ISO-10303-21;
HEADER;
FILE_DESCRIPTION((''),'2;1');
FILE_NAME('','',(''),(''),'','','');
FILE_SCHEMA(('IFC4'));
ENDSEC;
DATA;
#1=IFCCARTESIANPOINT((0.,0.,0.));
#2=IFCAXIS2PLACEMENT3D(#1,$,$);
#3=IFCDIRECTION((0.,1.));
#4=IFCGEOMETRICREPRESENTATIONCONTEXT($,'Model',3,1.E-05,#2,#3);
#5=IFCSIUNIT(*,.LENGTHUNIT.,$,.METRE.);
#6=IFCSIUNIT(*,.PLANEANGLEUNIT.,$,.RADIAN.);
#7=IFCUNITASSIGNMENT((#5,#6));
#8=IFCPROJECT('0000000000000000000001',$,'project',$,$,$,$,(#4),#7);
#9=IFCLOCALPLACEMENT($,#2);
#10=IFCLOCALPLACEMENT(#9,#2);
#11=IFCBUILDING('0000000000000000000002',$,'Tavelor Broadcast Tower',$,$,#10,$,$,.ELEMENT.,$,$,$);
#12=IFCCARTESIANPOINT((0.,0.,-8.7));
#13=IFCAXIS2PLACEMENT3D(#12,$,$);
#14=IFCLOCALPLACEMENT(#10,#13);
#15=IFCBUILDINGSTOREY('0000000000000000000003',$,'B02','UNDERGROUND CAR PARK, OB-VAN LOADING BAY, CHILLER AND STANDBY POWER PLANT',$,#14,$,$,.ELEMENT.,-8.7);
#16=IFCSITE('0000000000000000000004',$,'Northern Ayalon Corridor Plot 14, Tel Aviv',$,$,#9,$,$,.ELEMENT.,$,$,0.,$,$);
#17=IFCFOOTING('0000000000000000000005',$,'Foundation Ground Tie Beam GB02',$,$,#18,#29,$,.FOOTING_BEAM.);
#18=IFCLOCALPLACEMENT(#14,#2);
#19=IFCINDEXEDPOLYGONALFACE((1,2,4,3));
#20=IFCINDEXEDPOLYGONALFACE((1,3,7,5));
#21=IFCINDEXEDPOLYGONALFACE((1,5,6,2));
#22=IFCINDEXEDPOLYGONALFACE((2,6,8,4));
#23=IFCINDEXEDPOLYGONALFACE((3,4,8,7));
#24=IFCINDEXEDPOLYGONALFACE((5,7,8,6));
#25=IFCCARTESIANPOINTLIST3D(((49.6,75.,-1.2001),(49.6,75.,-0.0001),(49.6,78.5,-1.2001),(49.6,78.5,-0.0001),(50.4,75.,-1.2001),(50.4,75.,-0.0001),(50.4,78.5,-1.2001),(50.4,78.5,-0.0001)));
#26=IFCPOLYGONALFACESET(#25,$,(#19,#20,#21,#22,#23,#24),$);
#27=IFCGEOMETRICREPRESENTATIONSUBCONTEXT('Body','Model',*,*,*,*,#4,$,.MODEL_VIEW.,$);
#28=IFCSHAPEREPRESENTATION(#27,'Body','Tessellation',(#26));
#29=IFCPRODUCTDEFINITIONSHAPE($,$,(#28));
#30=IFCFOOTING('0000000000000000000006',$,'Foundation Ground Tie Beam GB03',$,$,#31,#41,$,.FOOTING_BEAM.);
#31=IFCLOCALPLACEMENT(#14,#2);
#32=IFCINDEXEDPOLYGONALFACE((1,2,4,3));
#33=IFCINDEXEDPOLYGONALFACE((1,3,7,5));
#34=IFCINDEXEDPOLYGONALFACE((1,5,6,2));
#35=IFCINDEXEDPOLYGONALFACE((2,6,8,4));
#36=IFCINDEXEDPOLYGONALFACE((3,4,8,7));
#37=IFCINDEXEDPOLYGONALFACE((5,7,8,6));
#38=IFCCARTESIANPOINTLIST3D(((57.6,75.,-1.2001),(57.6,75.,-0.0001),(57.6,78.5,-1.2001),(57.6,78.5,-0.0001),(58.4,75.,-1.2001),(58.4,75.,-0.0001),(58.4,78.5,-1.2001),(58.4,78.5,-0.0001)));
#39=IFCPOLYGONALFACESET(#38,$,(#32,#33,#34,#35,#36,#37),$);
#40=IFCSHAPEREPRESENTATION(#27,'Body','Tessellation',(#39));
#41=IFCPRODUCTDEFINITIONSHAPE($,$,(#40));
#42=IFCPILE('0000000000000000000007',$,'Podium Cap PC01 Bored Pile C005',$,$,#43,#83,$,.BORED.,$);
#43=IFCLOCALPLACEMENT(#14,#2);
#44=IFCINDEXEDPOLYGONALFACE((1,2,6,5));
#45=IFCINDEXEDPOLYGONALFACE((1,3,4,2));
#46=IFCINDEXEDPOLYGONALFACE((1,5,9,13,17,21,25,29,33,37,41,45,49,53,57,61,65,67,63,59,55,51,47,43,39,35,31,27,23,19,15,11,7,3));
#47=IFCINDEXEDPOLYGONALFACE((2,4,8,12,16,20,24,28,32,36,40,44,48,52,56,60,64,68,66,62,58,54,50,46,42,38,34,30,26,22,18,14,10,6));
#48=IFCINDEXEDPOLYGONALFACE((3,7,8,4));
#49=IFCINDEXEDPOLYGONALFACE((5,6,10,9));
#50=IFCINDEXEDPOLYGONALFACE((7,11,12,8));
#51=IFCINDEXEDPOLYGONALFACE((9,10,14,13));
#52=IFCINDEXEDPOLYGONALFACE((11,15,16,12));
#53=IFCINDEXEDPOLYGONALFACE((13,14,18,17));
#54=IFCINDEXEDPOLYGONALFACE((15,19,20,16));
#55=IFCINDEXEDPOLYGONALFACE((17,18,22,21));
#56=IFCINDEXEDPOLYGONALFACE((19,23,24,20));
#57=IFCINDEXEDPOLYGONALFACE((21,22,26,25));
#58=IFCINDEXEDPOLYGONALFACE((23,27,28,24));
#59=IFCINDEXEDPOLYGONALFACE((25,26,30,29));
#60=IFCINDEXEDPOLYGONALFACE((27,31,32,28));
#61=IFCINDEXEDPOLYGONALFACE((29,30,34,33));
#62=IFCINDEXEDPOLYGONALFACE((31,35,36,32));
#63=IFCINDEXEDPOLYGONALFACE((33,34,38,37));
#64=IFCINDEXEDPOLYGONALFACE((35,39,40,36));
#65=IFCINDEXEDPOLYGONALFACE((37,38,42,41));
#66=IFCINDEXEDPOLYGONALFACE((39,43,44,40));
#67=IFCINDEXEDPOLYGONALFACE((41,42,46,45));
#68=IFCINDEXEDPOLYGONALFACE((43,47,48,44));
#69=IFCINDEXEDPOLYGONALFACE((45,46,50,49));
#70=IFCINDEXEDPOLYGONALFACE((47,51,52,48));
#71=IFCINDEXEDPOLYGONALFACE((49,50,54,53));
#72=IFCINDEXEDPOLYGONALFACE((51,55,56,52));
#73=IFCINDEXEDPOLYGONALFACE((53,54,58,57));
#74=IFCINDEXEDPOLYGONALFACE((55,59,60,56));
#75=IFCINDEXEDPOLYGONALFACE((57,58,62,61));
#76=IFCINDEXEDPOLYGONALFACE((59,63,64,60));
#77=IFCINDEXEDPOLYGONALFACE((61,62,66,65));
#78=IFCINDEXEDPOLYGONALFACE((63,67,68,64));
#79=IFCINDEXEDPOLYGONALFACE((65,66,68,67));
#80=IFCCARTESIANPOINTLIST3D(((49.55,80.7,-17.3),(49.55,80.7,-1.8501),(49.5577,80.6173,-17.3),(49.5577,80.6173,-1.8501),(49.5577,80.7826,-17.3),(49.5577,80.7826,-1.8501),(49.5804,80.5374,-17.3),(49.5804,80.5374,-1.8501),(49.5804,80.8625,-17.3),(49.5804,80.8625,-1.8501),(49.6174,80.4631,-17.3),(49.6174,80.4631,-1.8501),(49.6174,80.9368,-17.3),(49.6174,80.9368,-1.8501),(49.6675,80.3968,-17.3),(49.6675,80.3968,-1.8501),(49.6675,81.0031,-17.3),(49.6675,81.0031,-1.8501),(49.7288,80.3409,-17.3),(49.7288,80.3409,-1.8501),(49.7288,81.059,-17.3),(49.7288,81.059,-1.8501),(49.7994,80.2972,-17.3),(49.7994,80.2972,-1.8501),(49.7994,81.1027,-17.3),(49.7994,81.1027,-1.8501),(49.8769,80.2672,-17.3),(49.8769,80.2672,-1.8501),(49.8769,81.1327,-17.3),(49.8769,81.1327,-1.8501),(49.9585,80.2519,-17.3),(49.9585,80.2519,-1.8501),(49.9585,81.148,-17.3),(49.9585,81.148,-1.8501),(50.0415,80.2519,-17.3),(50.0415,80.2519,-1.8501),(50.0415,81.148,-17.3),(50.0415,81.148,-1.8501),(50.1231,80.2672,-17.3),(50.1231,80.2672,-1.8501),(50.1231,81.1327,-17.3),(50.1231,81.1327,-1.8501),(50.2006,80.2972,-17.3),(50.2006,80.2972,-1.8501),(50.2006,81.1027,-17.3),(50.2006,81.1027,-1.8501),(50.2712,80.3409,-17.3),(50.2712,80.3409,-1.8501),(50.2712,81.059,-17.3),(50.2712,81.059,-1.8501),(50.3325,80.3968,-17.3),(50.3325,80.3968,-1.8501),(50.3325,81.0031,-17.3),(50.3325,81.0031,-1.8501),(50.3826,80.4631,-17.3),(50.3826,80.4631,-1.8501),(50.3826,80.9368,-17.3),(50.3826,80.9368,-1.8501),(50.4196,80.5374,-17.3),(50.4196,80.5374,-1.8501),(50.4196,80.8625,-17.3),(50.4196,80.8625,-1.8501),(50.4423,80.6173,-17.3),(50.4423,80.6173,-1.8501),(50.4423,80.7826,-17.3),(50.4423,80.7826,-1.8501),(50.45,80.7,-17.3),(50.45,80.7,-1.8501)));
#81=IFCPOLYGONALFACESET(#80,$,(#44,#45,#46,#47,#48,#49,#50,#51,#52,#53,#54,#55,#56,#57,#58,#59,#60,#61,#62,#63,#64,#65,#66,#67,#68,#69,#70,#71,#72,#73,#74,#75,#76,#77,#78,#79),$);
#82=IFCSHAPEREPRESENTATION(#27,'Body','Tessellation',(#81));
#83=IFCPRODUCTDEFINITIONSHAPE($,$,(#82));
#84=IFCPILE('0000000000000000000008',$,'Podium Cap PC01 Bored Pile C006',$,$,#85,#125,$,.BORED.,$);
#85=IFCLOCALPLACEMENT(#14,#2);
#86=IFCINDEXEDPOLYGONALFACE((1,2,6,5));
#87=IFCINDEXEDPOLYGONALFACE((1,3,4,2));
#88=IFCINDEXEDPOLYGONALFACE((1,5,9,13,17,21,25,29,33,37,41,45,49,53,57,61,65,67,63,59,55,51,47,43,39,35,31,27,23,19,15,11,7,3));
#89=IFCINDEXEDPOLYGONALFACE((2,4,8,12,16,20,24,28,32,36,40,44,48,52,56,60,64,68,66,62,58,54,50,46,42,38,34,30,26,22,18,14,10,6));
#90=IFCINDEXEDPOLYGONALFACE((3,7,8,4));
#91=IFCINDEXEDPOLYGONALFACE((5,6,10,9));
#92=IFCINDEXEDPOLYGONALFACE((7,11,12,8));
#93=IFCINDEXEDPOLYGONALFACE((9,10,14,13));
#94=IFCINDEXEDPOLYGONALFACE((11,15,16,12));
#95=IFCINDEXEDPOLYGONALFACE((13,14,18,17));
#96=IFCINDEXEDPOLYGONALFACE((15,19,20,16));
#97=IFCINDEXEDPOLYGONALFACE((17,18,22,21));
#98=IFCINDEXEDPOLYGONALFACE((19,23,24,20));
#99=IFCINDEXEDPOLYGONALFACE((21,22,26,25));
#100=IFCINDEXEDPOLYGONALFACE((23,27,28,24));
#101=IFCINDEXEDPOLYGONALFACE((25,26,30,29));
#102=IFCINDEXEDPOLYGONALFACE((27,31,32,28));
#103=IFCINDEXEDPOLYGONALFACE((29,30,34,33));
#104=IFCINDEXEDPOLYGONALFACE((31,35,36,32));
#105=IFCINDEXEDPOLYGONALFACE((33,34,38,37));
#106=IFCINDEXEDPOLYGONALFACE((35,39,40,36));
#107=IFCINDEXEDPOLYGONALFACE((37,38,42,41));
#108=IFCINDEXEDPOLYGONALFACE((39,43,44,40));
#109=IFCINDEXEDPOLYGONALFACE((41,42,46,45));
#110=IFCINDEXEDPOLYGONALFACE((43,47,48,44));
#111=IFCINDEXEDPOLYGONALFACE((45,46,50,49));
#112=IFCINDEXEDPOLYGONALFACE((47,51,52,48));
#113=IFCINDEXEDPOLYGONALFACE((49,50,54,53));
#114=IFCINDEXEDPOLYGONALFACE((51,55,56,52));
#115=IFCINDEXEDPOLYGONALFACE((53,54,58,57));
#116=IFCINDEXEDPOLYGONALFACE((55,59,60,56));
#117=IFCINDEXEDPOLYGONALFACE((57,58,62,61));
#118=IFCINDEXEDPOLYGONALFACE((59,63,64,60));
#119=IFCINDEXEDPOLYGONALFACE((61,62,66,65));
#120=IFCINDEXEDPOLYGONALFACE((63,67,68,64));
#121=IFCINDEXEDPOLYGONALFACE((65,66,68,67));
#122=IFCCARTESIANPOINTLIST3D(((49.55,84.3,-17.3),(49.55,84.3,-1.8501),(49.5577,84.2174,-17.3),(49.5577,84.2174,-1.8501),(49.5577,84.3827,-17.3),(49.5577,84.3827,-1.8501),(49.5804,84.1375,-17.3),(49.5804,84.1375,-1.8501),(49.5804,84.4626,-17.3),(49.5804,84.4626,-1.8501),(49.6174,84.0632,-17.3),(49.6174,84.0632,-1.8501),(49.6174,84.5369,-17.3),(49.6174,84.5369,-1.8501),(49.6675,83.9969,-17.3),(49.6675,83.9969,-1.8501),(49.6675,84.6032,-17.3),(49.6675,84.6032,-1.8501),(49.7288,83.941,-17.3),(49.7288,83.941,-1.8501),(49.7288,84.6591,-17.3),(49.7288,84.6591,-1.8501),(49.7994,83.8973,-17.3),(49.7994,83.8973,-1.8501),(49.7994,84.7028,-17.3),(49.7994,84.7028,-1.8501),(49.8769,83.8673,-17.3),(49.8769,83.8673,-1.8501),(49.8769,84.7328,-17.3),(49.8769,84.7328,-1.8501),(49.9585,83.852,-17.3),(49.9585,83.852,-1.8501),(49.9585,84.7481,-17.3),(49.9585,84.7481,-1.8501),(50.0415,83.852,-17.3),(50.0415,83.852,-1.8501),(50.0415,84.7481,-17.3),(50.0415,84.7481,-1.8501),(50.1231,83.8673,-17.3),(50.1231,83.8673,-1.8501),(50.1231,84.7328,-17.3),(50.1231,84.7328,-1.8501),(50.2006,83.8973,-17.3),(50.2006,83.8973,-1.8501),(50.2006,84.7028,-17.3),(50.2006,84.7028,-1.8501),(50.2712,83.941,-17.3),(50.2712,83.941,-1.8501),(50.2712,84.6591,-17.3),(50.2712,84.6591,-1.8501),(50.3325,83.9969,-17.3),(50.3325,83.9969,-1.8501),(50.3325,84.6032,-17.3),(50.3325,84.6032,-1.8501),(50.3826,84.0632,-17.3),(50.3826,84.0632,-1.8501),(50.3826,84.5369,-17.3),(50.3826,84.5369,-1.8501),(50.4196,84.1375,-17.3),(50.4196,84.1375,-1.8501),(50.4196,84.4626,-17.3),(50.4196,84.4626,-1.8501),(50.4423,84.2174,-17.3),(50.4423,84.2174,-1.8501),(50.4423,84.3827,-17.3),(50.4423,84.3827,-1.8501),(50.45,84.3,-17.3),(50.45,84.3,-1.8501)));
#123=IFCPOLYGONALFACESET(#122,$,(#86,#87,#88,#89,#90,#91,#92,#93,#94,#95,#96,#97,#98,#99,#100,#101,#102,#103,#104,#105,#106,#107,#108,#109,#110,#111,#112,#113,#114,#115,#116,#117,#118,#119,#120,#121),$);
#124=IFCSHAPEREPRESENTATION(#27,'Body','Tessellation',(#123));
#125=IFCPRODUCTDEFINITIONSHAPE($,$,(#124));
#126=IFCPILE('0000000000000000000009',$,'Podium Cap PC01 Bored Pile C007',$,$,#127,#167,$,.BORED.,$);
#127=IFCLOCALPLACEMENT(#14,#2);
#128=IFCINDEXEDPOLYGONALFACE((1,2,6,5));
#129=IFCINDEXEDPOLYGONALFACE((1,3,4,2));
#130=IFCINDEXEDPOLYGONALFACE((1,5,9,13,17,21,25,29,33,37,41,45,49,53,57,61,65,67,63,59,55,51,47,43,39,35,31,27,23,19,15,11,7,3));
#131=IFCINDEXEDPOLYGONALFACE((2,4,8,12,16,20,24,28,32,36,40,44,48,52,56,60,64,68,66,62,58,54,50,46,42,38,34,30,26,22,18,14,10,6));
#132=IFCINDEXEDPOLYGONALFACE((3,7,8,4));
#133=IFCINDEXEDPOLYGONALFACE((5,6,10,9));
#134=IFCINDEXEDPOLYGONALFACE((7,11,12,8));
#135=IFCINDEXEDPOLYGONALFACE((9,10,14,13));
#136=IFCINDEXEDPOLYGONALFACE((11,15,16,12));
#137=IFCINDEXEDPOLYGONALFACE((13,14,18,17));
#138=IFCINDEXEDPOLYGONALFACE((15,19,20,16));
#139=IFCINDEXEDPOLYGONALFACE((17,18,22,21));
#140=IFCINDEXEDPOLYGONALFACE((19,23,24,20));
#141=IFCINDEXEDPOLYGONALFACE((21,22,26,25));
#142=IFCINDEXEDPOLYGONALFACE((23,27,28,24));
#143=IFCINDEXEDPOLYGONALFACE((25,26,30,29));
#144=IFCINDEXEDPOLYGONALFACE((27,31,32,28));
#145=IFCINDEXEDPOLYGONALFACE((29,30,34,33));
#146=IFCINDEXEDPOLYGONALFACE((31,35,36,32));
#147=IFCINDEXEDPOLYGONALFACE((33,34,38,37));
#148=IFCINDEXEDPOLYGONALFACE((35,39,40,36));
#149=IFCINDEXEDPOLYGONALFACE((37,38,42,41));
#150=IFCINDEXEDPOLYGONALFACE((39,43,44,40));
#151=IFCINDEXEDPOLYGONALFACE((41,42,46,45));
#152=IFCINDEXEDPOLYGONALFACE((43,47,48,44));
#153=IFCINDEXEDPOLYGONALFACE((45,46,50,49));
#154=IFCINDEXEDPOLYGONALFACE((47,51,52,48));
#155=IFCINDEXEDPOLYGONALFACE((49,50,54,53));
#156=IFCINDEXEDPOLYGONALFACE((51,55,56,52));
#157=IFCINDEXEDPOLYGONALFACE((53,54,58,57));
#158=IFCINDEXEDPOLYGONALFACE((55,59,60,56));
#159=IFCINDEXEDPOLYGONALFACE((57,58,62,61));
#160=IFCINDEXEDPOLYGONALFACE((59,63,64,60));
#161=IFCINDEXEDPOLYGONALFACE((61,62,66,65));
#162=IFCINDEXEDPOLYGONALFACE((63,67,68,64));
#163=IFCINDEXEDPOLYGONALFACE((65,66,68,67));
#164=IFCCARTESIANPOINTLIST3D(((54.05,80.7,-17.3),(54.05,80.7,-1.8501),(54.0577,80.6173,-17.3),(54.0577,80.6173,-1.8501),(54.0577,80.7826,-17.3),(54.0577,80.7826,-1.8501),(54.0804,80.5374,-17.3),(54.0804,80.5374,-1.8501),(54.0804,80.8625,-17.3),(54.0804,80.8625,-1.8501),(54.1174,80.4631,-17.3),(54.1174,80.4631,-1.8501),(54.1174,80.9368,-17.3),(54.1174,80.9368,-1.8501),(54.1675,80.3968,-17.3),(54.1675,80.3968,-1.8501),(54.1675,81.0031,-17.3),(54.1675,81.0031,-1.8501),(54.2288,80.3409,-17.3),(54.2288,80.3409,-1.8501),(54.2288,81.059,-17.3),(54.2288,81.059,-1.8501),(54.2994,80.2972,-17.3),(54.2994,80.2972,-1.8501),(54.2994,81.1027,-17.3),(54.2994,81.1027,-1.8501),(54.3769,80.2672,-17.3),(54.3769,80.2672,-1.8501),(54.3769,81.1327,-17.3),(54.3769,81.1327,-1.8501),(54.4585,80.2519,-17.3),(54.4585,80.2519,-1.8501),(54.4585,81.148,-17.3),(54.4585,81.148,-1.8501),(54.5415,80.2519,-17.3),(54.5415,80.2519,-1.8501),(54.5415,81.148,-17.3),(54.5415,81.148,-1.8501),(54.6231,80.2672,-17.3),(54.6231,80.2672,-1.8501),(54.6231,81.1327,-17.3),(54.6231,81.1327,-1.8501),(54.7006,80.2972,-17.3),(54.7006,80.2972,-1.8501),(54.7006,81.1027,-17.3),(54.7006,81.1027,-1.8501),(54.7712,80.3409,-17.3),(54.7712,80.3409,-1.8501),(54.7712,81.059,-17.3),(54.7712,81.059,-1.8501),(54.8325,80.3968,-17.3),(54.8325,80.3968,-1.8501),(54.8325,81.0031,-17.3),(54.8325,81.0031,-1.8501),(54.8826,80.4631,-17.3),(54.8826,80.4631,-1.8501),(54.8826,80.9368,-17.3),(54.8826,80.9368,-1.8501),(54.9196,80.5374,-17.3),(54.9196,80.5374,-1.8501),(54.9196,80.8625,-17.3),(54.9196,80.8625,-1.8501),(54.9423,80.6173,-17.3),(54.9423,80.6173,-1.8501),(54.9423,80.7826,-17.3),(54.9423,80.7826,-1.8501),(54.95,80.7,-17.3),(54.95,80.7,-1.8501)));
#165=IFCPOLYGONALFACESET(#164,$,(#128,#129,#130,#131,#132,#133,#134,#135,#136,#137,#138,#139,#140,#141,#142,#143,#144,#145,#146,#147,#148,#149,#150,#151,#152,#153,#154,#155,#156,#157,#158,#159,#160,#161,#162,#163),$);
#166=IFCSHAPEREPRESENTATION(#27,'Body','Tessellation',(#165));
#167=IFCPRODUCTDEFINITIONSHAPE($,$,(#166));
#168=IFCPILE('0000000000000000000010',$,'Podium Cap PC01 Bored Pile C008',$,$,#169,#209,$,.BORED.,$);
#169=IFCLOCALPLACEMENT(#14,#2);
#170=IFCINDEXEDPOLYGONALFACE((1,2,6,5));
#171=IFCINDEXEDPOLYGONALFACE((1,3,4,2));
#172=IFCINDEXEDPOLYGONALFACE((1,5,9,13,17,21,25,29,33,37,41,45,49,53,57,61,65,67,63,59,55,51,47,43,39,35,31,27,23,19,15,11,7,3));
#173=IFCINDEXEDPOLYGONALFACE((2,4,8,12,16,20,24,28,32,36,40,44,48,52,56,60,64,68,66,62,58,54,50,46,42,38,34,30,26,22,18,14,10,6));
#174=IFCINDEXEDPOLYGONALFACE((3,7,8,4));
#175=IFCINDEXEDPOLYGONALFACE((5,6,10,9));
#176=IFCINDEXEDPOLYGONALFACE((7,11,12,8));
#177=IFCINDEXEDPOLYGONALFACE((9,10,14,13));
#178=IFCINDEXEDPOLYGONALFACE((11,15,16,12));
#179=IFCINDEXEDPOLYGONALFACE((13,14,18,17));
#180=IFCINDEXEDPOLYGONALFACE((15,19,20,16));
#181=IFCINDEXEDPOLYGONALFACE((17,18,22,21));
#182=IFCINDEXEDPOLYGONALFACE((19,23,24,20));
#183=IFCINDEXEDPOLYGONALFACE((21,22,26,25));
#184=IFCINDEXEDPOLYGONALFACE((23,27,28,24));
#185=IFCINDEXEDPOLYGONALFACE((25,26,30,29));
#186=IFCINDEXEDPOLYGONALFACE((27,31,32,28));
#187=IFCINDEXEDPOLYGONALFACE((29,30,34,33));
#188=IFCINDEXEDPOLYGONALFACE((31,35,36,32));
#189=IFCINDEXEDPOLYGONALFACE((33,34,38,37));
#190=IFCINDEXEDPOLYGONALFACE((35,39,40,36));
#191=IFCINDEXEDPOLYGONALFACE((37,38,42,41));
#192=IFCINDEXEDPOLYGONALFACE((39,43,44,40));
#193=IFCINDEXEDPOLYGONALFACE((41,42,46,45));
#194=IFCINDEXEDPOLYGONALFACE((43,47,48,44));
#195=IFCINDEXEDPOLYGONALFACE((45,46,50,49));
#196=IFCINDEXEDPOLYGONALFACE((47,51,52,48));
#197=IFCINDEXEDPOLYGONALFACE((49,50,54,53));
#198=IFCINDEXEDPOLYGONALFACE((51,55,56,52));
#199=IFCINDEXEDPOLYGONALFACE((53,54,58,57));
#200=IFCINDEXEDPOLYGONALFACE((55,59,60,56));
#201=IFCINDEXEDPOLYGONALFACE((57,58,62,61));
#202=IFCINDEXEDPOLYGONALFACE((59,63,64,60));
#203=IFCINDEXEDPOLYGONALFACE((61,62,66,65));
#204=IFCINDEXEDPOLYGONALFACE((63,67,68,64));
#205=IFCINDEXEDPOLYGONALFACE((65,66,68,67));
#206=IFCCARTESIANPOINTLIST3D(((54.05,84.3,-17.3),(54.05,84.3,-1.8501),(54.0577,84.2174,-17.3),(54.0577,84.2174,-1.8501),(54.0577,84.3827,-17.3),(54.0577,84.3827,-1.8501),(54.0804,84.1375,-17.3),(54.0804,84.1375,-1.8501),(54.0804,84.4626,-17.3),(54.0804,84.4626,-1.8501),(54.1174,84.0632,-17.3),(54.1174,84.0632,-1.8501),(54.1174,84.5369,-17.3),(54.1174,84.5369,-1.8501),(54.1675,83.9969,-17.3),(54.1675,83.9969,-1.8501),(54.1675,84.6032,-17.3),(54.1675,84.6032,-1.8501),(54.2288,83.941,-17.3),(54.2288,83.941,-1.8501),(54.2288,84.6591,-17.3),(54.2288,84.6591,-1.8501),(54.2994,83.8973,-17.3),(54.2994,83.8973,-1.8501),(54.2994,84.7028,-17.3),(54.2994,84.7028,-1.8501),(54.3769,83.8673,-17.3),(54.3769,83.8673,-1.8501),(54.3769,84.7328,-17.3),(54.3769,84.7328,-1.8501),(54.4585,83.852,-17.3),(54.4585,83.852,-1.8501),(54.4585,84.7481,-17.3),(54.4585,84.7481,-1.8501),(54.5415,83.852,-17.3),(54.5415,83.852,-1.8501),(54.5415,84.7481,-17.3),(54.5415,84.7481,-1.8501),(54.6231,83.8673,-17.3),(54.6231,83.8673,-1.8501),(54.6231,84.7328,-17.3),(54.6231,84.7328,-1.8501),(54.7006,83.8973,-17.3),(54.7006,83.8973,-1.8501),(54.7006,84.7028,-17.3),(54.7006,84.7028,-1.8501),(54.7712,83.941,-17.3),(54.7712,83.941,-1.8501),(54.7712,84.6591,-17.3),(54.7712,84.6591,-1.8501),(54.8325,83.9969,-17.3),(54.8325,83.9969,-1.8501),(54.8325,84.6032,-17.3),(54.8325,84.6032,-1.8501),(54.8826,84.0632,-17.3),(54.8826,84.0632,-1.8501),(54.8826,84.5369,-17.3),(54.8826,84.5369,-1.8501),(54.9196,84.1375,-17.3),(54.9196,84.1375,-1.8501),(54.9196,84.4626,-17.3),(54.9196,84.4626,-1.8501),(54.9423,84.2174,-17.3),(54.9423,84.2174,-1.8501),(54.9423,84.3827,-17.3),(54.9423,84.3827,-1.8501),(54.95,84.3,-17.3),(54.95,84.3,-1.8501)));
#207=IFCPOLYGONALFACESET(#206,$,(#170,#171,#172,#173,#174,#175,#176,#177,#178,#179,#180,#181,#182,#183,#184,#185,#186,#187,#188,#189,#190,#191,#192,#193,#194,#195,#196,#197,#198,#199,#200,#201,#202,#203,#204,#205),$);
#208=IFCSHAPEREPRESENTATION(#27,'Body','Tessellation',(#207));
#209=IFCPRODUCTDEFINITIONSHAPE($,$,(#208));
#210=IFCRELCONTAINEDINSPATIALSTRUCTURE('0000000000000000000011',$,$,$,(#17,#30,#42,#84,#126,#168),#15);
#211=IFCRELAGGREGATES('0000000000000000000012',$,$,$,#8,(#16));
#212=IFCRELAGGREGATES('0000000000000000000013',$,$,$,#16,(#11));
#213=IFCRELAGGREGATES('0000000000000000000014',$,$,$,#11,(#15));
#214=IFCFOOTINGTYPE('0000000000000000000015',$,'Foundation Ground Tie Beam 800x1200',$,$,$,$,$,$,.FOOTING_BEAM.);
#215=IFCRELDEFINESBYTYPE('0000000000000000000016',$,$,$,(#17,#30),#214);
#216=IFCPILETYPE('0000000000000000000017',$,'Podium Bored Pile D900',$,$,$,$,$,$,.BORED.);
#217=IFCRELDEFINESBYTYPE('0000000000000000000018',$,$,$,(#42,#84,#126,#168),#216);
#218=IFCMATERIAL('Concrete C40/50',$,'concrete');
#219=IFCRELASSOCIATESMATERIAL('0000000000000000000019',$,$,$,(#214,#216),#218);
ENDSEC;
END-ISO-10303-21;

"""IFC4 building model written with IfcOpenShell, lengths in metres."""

from ifc_helpers import new_model, si_unit, direction, frame, origin, origin_2d, place, context, subcontext, project, spatial, rectangle, circle, extrude, material, material_profile, profile_set, type_object, element, save


model = new_model("IFC4")

# Units and contexts
model_context = context("Model", 3, precision=1e-05, world=origin(), true_north=direction((0.0, 1.0)))
body_context = subcontext(model_context, "Body", "Model", "MODEL_VIEW")
ifc_project = project(units=[si_unit("LENGTHUNIT", "METRE"), si_unit("PLANEANGLEUNIT", "RADIAN")], contexts=[model_context])

# Site, building, storey
site_placement = place(None, origin())
site = spatial("IfcSite", under=ifc_project, at=site_placement, Name="Northern Ayalon Corridor Plot 14, Tel Aviv", CompositionType="ELEMENT", RefElevation=0.0)
building_placement = place(site_placement, origin())
building = spatial("IfcBuilding", under=site, at=building_placement, Name="Tavelor Broadcast Tower", CompositionType="ELEMENT")
storey_placement = place(building_placement, frame((0.0, 0.0, -8.7)))
storey = spatial("IfcBuildingStorey", under=building, at=storey_placement, Name="B02", Description="UNDERGROUND CAR PARK, OB-VAN LOADING BAY, CHILLER AND STANDBY POWER PLANT", CompositionType="ELEMENT", Elevation=-8.7)

# Footings
ifc_material_1 = material(Name="Concrete C40/50", Category="concrete")
ifc_material_profile_1 = material_profile(ifc_material_1, rectangle(XDim=0.8, YDim=1.2, at=origin_2d()), Name="RC 800x1200")
ifc_profile_set_1 = profile_set([ifc_material_profile_1], Name="Concrete C40/50")
footing_type = type_object("IfcFootingType", Name="Foundation Ground Tie Beam 800x1200", PredefinedType="FOOTING_BEAM", material=ifc_profile_set_1)
for number, where, z_axis, x_axis, name in (
    (1, (50.0, 75.0, -0.6001), (0.0, 1.0, 0.0), (-1.0, 0.0, 0.0), "Foundation Ground Tie Beam GB02"),
    (2, (58.0, 75.0, -0.6001), (0.0, 1.0, 0.0), (-1.0, 0.0, 0.0), "Foundation Ground Tie Beam GB03"),
):
    element("IfcFooting", number, at=place(storey_placement, frame(where, z_axis=z_axis, x_axis=x_axis)), inside=storey, type_object=footing_type, Name=name, PredefinedType="FOOTING_BEAM", context=body_context, shape_type="SweptSolid", body=[
        extrude(rectangle(XDim=0.8, YDim=1.2, at=origin_2d()), origin(), (0.0, 0.0, 1.0), 3.5),
    ])

# Piles
ifc_material_profile_2 = material_profile(ifc_material_1, circle(Radius=0.45, at=origin_2d()), Name="PILE D900")
ifc_profile_set_2 = profile_set([ifc_material_profile_2], Name="Concrete C40/50")
pile_type_1 = type_object("IfcPileType", Name="Podium Bored Pile D900", PredefinedType="BORED", material=ifc_profile_set_2)
for number, where, z_axis, x_axis, name in (
    (3, (50.0, 80.7, -1.8501), (0.0, 0.0, -1.0), (1.0, 0.0, 0.0), "Podium Cap PC01 Bored Pile C005"),
    (4, (50.0, 84.3, -1.8501), (0.0, 0.0, -1.0), (1.0, 0.0, 0.0), "Podium Cap PC01 Bored Pile C006"),
    (5, (54.5, 80.7, -1.8501), (0.0, 0.0, -1.0), (1.0, 0.0, 0.0), "Podium Cap PC01 Bored Pile C007"),
    (6, (54.5, 84.3, -1.8501), (0.0, 0.0, -1.0), (1.0, 0.0, 0.0), "Podium Cap PC01 Bored Pile C008"),
):
    element("IfcPile", number, at=place(storey_placement, frame(where, z_axis=z_axis, x_axis=x_axis)), inside=storey, type_object=pile_type_1, Name=name, PredefinedType="BORED", context=body_context, shape_type="SweptSolid", body=[
        extrude(circle(Radius=0.45, at=origin_2d()), origin(), (0.0, 0.0, 1.0), 15.45),
    ])

save(model, "model.ifc")
